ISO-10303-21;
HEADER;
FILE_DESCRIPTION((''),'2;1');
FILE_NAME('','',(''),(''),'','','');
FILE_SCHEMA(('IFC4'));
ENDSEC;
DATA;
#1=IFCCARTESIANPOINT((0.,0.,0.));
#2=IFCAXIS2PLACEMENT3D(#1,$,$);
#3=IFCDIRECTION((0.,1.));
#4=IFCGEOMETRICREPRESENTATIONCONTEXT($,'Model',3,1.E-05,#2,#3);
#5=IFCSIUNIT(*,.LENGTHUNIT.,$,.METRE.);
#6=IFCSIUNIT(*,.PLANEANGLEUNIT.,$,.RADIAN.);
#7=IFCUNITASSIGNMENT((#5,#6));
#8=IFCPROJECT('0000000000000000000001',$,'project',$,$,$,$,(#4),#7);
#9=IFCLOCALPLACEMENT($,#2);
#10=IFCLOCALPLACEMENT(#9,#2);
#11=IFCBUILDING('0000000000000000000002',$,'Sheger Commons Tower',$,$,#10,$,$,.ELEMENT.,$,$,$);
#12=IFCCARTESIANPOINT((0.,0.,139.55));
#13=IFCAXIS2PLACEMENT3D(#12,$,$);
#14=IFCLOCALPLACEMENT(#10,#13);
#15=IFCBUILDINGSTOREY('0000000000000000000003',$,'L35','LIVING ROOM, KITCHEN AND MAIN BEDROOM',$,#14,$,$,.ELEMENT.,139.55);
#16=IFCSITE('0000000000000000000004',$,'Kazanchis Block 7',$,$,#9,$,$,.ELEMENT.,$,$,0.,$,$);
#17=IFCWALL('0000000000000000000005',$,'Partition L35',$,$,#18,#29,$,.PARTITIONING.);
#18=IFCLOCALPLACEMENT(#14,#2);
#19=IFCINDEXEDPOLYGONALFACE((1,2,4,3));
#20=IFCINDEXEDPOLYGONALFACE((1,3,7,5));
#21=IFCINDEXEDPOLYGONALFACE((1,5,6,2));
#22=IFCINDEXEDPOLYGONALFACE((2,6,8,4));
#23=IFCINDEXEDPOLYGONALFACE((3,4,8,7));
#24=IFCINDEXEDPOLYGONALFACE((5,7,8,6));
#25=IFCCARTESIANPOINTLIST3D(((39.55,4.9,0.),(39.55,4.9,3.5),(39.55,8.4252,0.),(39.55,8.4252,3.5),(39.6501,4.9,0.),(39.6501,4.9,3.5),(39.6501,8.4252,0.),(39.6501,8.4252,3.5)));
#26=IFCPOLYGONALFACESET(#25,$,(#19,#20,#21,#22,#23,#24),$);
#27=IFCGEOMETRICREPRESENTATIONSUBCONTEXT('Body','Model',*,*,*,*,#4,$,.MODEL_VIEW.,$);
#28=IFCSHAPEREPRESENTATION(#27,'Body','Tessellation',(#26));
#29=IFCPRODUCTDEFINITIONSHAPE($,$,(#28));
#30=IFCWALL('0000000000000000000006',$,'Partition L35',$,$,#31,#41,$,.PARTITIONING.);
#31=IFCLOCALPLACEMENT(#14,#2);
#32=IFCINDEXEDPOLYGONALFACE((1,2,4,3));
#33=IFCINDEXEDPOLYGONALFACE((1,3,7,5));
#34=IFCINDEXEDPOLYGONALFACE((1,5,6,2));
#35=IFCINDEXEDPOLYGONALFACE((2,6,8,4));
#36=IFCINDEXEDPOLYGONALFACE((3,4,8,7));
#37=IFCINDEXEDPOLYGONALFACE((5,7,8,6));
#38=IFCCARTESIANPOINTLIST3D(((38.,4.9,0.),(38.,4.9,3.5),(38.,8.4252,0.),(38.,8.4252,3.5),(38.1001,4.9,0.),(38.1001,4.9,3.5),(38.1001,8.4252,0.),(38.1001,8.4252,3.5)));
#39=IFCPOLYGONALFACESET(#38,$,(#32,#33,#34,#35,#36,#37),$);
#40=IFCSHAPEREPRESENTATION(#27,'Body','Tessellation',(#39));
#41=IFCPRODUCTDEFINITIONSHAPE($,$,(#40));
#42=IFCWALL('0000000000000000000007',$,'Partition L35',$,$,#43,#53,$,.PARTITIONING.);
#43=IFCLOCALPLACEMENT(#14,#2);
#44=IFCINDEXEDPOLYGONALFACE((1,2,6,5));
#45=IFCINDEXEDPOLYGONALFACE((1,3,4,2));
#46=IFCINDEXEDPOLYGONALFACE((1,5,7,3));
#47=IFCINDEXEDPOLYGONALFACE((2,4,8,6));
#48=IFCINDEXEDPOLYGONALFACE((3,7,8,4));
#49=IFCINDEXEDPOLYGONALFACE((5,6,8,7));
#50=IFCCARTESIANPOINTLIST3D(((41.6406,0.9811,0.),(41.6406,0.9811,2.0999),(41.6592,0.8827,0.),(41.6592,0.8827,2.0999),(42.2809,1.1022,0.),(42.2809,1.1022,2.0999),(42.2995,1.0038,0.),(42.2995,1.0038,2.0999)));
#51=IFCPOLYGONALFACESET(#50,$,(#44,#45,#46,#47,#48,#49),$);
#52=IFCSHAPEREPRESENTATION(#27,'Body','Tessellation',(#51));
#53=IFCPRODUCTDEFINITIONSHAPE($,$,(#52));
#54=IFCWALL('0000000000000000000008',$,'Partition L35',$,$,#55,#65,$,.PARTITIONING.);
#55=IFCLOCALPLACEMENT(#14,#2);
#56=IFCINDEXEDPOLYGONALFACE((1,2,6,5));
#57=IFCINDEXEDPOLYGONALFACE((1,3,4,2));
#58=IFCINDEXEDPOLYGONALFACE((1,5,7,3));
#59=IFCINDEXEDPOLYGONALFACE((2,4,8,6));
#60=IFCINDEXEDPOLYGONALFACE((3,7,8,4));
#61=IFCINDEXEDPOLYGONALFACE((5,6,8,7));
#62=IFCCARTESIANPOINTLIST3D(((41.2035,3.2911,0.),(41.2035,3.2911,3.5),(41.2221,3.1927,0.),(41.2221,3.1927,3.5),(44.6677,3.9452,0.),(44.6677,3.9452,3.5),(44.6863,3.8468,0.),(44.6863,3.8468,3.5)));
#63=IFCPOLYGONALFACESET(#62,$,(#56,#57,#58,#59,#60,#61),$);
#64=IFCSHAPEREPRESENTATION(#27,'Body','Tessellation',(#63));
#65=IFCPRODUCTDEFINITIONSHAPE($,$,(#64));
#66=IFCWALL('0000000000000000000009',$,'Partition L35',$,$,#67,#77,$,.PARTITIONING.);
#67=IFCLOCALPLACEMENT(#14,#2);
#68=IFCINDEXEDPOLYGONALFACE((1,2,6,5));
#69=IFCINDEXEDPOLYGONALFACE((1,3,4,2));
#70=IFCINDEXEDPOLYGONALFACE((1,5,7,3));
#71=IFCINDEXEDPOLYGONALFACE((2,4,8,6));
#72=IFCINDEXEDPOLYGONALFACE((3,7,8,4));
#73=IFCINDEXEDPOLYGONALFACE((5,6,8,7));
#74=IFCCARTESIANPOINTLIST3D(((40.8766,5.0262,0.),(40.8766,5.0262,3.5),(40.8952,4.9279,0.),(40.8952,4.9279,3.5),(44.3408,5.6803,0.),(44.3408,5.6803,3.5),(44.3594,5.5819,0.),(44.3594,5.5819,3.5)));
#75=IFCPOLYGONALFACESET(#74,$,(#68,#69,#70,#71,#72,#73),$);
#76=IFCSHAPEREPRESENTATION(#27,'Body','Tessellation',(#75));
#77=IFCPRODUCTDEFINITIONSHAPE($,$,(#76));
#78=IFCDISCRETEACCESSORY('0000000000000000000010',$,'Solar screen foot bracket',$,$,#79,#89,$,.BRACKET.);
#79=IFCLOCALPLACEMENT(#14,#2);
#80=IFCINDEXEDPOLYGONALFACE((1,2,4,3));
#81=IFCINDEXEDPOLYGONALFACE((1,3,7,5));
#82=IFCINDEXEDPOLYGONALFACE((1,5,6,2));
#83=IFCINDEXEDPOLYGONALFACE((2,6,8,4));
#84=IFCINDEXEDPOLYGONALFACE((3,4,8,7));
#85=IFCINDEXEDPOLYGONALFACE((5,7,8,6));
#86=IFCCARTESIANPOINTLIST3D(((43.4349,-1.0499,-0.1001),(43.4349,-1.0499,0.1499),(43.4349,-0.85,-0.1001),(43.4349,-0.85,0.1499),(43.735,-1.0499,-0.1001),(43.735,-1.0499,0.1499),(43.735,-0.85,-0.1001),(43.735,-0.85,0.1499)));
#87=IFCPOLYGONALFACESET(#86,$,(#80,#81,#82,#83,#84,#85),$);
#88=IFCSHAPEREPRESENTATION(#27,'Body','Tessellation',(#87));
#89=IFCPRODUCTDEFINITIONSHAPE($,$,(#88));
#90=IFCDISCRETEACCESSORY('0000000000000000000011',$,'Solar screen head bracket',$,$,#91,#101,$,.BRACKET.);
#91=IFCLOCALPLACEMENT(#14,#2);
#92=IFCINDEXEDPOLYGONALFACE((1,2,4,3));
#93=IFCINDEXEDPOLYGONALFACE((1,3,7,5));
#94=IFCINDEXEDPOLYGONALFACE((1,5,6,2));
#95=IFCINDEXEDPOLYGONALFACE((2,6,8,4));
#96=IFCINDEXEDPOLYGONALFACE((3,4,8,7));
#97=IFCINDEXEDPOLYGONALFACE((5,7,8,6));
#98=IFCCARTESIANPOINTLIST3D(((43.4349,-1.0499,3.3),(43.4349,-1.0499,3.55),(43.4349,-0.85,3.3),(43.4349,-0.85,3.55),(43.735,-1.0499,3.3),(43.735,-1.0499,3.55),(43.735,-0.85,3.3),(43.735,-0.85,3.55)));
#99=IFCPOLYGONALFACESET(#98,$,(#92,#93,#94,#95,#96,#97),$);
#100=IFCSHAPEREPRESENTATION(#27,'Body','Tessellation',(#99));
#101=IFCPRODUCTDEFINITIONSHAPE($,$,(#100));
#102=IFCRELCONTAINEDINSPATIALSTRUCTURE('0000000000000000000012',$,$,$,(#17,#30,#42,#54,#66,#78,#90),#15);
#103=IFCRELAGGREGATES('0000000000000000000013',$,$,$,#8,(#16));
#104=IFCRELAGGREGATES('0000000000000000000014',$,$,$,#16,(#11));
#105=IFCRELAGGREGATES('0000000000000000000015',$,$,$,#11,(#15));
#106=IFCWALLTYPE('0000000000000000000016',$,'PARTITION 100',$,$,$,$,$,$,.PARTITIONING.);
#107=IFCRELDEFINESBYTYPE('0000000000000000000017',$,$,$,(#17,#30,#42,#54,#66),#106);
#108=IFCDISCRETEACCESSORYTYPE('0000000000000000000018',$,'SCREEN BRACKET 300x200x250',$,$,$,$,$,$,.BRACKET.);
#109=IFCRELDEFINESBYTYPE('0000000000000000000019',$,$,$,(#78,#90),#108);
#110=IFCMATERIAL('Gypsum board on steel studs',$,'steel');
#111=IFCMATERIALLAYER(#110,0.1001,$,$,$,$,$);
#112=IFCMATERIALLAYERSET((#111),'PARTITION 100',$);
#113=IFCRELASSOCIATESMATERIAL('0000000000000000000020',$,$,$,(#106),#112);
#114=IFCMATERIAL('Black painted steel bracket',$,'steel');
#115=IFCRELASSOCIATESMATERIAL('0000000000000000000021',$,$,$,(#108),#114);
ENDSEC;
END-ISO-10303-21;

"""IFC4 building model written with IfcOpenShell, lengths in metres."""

from ifc_helpers import new_model, si_unit, direction, frame, frame_2d, origin, origin_2d, place, context, subcontext, project, spatial, rectangle, extrude, material, layer, layer_set, type_object, element, save


model = new_model("IFC4")

# Units and contexts
model_context = context("Model", 3, precision=1e-05, world=origin(), true_north=direction((0.0, 1.0)))
body_context = subcontext(model_context, "Body", "Model", "MODEL_VIEW")
ifc_project = project(units=[si_unit("LENGTHUNIT", "METRE"), si_unit("PLANEANGLEUNIT", "RADIAN")], contexts=[model_context])

# Site, building, storey
site_placement = place(None, origin())
site = spatial("IfcSite", under=ifc_project, at=site_placement, Name="Kazanchis Block 7", CompositionType="ELEMENT", RefElevation=0.0)
building_placement = place(site_placement, origin())
building = spatial("IfcBuilding", under=site, at=building_placement, Name="Sheger Commons Tower", CompositionType="ELEMENT")
storey_placement = place(building_placement, frame((0.0, 0.0, 139.55)))
storey = spatial("IfcBuildingStorey", under=building, at=storey_placement, Name="L35", Description="LIVING ROOM, KITCHEN AND MAIN BEDROOM", CompositionType="ELEMENT", Elevation=139.55)

# Shared definitions
ifc_material_1 = material(Name="Gypsum board on steel studs", Category="steel")
ifc_layer_1 = layer(ifc_material_1, 0.1001)
ifc_layer_set_1 = layer_set([ifc_layer_1], Name="PARTITION 100")
wall_type_1 = type_object("IfcWallType", Name="PARTITION 100", PredefinedType="PARTITIONING", material=ifc_layer_set_1)

# Walls
for number, where, z_axis, x_axis, name in (
    (1, (39.6001, 4.8999, 0.0), (0.0, 0.0, 1.0), (0.0, 1.0, 0.0), "Partition L35"),
    (2, (38.05, 4.8999, 0.0), (0.0, 0.0, 1.0), (0.0, 1.0, 0.0), "Partition L35"),
):
    element("IfcWall", number, at=place(storey_placement, frame(where, z_axis=z_axis, x_axis=x_axis)), inside=storey, type_object=wall_type_1, Name=name, PredefinedType="PARTITIONING", context=body_context, shape_type="SweptSolid", body=[
        extrude(rectangle(XDim=3.5251, YDim=0.1001, at=frame_2d((1.7627, 0.0))), origin(), (0.0, 0.0, 1.0), 3.5),
    ])
wall_1_placement = place(storey_placement, frame((42.29, 1.053, 0.0), z_axis=(0.0, 0.0, 1.0), x_axis=(-0.982574, -0.185872, 0.0)))
element("IfcWall", 3, at=wall_1_placement, inside=storey, type_object=wall_type_1, Name="Partition L35", PredefinedType="PARTITIONING", context=body_context, shape_type="SweptSolid", body=[
    extrude(rectangle(XDim=0.6516, YDim=0.1001, at=frame_2d((0.3257, 0.0))), origin(), (0.0, 0.0, 1.0), 2.0999),
])
for number, where, z_axis, x_axis, name in (
    (4, (44.677, 3.896, 0.0), (0.0, 0.0, 1.0), (-0.982639, -0.18553, 0.0), "Partition L35"),
    (5, (44.3501, 5.6311, 0.0), (0.0, 0.0, 1.0), (-0.982639, -0.18553, 0.0), "Partition L35"),
):
    element("IfcWall", number, at=place(storey_placement, frame(where, z_axis=z_axis, x_axis=x_axis)), inside=storey, type_object=wall_type_1, Name=name, PredefinedType="PARTITIONING", context=body_context, shape_type="SweptSolid", body=[
        extrude(rectangle(XDim=3.5254, YDim=0.1001, at=frame_2d((1.7627, 0.0))), origin(), (0.0, 0.0, 1.0), 3.5),
    ])

# Discrete accessories
ifc_material_2 = material(Name="Black painted steel bracket", Category="steel")
discrete_accessory_type = type_object("IfcDiscreteAccessoryType", Name="SCREEN BRACKET 300x200x250", PredefinedType="BRACKET", material=ifc_material_2)
for number, where, z_axis, x_axis, name in (
    (6, (43.585, -0.95, -0.1001), (0.0, 0.0, 1.0), (1.0, 0.0, 0.0), "Solar screen foot bracket"),
    (7, (43.585, -0.95, 3.3), (0.0, 0.0, 1.0), (1.0, 0.0, 0.0), "Solar screen head bracket"),
):
    element("IfcDiscreteAccessory", number, at=place(storey_placement, frame(where, z_axis=z_axis, x_axis=x_axis)), inside=storey, type_object=discrete_accessory_type, Name=name, PredefinedType="BRACKET", context=body_context, shape_type="SweptSolid", body=[
        extrude(rectangle(XDim=0.3, YDim=0.2, at=origin_2d()), origin(), (0.0, 0.0, 1.0), 0.25),
    ])

save(model, "model.ifc")
